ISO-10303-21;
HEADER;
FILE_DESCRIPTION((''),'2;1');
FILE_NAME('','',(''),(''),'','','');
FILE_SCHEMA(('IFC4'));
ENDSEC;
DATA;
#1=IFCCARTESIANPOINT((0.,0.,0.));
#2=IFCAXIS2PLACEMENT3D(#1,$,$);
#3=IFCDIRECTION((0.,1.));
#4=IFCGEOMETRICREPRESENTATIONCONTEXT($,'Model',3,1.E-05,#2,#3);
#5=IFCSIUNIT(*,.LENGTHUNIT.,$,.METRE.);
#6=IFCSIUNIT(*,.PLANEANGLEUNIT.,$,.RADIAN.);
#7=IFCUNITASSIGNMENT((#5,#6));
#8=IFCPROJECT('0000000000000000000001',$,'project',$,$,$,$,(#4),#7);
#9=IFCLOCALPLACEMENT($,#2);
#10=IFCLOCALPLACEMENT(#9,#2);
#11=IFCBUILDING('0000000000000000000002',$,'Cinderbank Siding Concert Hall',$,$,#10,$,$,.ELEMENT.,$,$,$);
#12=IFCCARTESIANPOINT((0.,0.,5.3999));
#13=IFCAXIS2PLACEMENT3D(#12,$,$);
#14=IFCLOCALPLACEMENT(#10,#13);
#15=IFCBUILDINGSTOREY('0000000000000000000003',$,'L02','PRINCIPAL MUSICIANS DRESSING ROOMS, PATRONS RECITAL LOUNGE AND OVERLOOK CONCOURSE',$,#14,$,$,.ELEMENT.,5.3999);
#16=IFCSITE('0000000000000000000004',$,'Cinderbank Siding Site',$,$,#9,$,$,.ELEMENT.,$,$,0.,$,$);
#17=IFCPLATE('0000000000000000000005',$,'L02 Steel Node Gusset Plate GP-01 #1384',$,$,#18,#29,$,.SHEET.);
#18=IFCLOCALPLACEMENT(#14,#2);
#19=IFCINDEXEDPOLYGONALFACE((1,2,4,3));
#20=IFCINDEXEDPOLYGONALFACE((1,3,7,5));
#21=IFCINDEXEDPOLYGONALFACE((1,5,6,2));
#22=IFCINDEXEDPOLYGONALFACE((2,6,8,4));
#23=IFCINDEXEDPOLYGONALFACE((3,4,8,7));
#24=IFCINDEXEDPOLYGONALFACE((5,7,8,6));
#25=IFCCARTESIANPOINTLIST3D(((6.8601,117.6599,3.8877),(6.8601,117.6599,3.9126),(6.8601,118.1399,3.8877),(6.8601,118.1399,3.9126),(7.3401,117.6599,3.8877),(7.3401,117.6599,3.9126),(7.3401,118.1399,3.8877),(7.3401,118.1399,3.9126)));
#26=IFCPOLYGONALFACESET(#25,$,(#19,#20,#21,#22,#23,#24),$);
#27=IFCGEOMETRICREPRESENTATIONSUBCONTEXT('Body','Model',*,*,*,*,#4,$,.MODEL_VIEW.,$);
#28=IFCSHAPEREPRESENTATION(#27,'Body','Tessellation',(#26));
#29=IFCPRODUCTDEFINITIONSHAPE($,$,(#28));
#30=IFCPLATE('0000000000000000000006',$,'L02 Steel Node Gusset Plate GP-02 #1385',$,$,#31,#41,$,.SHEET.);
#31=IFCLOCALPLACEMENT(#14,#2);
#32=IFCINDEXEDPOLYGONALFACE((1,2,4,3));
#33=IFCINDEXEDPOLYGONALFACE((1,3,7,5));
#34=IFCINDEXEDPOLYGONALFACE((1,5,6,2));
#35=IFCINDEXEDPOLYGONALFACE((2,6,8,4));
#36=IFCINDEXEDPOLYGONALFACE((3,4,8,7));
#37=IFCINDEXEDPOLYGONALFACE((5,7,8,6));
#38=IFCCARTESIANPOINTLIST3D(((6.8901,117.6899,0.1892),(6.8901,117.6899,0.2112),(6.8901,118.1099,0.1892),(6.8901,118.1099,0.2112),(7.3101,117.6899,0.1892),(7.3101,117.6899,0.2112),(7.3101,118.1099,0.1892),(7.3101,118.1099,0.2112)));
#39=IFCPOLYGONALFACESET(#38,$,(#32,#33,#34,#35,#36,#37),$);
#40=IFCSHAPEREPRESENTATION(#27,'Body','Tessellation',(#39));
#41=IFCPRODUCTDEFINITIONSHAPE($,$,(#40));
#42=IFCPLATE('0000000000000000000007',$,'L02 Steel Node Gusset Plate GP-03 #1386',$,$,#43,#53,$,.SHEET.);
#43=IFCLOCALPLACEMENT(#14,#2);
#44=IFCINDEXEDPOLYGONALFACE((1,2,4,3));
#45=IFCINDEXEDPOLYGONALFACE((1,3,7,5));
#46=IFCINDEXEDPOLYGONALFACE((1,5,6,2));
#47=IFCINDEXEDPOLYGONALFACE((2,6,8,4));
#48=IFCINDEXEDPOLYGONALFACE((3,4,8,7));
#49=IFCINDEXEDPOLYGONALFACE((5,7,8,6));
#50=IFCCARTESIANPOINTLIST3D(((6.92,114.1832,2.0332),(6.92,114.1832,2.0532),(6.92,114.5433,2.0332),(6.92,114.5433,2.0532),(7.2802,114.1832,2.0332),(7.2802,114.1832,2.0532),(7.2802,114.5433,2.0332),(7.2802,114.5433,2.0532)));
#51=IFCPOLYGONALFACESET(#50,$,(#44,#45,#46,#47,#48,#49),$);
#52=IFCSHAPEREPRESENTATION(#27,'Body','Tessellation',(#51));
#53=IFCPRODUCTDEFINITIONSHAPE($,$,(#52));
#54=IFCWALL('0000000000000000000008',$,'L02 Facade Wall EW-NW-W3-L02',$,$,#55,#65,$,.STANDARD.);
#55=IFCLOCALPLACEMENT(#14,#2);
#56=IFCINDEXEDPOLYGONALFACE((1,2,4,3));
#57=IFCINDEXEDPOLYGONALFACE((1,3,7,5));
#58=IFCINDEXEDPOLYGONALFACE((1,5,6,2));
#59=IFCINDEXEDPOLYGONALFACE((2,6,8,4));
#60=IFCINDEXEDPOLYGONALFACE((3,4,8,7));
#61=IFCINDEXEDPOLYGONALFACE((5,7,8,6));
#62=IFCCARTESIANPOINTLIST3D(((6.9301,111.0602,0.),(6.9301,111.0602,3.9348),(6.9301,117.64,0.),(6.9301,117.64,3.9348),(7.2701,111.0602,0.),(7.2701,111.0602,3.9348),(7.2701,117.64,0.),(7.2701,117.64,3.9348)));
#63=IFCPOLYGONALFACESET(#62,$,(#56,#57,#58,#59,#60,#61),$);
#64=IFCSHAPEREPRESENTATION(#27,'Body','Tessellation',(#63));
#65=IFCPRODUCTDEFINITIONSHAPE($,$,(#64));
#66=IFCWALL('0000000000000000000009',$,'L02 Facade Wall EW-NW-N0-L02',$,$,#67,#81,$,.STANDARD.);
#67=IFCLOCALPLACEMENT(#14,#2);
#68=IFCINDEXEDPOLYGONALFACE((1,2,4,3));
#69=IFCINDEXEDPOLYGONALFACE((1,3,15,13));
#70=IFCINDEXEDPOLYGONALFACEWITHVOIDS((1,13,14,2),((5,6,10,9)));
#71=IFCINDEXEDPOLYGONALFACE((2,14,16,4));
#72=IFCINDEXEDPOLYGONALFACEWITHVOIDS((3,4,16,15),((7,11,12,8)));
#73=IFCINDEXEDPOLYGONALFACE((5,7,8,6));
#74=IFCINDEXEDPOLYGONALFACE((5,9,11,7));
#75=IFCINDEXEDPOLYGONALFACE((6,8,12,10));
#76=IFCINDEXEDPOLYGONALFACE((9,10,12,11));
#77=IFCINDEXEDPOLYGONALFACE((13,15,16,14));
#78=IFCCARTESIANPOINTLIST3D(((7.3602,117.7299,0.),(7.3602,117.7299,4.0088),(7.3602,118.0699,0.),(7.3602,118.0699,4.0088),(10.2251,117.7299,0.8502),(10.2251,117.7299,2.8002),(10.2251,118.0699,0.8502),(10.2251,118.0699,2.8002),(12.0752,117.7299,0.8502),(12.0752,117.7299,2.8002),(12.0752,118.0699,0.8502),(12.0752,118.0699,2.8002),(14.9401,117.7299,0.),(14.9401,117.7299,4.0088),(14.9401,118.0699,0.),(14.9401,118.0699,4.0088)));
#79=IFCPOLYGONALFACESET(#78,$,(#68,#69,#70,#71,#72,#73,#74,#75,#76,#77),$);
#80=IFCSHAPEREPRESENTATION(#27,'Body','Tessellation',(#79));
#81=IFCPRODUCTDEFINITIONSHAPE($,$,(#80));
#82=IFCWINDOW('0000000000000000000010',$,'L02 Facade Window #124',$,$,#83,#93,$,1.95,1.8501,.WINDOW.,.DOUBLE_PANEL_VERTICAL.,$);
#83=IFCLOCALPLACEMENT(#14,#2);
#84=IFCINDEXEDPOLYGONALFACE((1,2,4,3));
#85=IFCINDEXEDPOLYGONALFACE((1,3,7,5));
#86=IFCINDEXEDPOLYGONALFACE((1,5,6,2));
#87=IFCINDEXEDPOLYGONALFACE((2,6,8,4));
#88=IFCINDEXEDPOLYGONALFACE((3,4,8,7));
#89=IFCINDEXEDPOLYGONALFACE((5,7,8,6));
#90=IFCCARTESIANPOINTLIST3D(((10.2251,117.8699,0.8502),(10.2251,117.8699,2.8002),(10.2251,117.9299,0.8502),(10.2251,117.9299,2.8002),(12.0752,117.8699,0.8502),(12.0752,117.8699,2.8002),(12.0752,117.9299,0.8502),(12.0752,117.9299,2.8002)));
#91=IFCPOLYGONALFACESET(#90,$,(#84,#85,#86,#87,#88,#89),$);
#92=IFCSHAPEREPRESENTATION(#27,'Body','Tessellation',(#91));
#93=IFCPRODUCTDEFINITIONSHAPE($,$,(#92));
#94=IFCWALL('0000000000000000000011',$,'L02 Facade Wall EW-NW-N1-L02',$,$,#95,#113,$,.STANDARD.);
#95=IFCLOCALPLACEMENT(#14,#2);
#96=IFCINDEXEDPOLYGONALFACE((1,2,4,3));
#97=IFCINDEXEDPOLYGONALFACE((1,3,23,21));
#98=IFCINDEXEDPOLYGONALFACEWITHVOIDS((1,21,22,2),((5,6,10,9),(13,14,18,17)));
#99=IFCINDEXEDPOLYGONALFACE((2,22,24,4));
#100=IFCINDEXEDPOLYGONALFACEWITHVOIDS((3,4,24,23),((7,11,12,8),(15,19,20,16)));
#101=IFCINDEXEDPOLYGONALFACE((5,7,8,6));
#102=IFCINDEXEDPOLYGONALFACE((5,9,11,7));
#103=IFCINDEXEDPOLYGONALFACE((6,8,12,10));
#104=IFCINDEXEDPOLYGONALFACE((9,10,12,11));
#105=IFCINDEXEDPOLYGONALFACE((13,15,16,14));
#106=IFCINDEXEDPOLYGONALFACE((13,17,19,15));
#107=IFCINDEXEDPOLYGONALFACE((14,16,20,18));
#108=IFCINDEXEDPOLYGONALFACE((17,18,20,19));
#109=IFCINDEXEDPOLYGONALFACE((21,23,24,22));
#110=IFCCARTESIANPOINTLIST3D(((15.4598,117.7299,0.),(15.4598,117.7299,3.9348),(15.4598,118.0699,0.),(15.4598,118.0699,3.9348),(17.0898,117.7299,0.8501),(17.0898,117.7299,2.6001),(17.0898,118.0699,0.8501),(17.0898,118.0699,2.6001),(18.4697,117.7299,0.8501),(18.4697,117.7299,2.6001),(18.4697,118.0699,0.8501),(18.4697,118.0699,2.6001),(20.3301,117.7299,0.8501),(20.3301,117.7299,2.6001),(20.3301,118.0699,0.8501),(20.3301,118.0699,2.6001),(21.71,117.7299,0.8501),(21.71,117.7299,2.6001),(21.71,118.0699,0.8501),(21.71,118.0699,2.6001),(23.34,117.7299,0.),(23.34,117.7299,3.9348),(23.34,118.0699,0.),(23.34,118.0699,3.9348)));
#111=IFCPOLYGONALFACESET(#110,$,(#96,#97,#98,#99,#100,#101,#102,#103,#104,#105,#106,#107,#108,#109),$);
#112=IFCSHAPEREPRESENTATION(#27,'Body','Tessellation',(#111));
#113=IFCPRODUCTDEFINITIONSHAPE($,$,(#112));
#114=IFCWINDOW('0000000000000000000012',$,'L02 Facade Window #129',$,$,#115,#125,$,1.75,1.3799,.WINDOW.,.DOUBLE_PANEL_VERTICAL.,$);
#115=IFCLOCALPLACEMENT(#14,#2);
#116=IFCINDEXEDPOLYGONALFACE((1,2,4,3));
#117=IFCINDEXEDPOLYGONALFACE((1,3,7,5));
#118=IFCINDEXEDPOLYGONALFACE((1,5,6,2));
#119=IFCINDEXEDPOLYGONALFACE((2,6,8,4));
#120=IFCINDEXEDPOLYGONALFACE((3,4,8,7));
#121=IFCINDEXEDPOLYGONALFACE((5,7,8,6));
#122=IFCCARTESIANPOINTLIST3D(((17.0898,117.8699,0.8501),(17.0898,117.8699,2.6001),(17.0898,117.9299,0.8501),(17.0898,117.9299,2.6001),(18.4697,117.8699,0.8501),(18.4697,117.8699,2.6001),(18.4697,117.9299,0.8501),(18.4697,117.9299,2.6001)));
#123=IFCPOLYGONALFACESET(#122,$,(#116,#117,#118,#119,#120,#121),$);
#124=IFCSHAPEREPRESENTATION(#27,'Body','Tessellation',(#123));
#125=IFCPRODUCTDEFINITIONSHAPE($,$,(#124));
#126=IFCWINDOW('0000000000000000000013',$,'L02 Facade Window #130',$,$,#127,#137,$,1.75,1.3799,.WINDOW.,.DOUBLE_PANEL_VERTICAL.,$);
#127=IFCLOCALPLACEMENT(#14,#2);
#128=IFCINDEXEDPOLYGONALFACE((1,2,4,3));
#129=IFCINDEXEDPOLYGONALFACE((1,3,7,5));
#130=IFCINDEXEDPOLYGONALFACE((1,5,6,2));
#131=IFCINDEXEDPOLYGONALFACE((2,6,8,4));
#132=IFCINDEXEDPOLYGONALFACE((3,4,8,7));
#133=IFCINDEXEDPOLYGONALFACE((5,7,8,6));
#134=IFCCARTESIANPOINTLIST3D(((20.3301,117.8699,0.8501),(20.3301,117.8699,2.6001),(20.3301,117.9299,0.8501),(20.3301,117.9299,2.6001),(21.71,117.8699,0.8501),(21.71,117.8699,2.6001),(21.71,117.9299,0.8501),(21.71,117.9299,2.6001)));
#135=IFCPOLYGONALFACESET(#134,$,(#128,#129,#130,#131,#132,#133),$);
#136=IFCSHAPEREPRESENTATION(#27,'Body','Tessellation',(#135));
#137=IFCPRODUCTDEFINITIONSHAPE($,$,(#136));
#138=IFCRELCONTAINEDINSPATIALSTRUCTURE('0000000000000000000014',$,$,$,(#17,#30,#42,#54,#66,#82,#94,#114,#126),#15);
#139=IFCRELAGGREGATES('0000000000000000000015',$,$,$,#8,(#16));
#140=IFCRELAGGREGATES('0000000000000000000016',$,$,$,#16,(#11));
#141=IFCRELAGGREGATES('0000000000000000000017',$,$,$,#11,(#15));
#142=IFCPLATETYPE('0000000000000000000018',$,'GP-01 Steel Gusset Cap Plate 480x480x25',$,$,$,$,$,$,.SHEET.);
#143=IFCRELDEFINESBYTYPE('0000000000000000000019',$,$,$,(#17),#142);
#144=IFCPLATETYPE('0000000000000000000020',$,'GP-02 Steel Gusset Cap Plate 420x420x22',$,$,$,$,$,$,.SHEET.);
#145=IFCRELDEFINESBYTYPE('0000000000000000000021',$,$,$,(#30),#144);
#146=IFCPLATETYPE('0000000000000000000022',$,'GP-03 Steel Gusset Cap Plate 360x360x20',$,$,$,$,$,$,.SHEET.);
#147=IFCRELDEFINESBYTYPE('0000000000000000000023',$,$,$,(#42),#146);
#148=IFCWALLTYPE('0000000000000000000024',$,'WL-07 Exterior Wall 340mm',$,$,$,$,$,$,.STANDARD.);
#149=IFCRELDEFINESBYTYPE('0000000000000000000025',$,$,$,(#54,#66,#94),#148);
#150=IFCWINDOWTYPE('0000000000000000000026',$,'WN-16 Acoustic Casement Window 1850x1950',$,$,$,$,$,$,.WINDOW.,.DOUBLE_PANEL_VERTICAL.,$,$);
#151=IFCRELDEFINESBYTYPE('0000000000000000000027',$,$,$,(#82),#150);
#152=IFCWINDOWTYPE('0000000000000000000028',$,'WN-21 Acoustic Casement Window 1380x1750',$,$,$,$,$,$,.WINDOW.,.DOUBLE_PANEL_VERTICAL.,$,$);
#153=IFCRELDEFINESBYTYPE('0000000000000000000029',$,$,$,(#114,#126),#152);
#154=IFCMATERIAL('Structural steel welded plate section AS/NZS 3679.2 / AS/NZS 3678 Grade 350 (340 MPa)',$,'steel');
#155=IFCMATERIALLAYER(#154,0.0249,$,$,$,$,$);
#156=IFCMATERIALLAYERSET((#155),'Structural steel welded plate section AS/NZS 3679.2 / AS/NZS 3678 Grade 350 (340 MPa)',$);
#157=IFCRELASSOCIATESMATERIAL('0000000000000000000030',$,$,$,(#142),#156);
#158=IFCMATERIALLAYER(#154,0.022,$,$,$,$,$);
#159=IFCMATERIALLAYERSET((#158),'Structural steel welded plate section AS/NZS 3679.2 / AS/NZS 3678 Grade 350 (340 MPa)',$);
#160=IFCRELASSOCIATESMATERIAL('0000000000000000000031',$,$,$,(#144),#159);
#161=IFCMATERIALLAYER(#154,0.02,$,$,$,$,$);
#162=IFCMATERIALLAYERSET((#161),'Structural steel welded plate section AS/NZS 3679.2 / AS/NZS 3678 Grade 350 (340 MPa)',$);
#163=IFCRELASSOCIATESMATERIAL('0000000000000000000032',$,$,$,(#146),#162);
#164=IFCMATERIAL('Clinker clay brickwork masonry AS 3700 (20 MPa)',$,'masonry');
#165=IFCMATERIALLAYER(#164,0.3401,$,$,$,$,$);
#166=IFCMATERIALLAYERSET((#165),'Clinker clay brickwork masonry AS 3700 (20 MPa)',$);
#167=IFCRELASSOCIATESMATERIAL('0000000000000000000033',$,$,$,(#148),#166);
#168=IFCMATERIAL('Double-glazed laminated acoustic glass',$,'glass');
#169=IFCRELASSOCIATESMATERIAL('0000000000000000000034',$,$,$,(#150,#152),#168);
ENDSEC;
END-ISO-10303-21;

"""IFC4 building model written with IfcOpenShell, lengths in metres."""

from ifc_helpers import new_model, si_unit, direction, frame, frame_2d, origin, origin_2d, place, context, subcontext, project, spatial, rectangle, extrude, material, layer, layer_set, type_object, element, fill, save


model = new_model("IFC4")

# Units and contexts
model_context = context("Model", 3, precision=1e-05, world=origin(), true_north=direction((0.0, 1.0)))
body_context = subcontext(model_context, "Body", "Model", "MODEL_VIEW")
ifc_project = project(units=[si_unit("LENGTHUNIT", "METRE"), si_unit("PLANEANGLEUNIT", "RADIAN")], contexts=[model_context])

# Site, building, storey
site_placement = place(None, origin())
site = spatial("IfcSite", under=ifc_project, at=site_placement, Name="Cinderbank Siding Site", CompositionType="ELEMENT", RefElevation=0.0)
building_placement = place(site_placement, origin())
building = spatial("IfcBuilding", under=site, at=building_placement, Name="Cinderbank Siding Concert Hall", CompositionType="ELEMENT")
storey_placement = place(building_placement, frame((0.0, 0.0, 5.3999)))
storey = spatial("IfcBuildingStorey", under=building, at=storey_placement, Name="L02", Description="PRINCIPAL MUSICIANS DRESSING ROOMS, PATRONS RECITAL LOUNGE AND OVERLOOK CONCOURSE", CompositionType="ELEMENT", Elevation=5.3999)

# Shared definitions
ifc_material_1 = material(Name="Structural steel welded plate section AS/NZS 3679.2 / AS/NZS 3678 Grade 350 (340 MPa)", Category="steel")

# Plates
ifc_layer_1 = layer(ifc_material_1, 0.0249)
ifc_layer_set_1 = layer_set([ifc_layer_1], Name="Structural steel welded plate section AS/NZS 3679.2 / AS/NZS 3678 Grade 350 (340 MPa)")
plate_type_1 = type_object("IfcPlateType", Name="GP-01 Steel Gusset Cap Plate 480x480x25", PredefinedType="SHEET", material=ifc_layer_set_1)
plate_1_placement = place(storey_placement, frame((7.1001, 117.8999, 3.8877), z_axis=(0.0, 0.0, 1.0), x_axis=(0.0, 1.0, 0.0)))
element("IfcPlate", 1, at=plate_1_placement, inside=storey, type_object=plate_type_1, Name="L02 Steel Node Gusset Plate GP-01 #1384", PredefinedType="SHEET", context=body_context, shape_type="SweptSolid", body=[
    extrude(rectangle(XDim=0.48, YDim=0.48, at=origin_2d()), origin(), (0.0, 0.0, 1.0), 0.0249),
])
ifc_layer_2 = layer(ifc_material_1, 0.022)
ifc_layer_set_2 = layer_set([ifc_layer_2], Name="Structural steel welded plate section AS/NZS 3679.2 / AS/NZS 3678 Grade 350 (340 MPa)")
plate_type_2 = type_object("IfcPlateType", Name="GP-02 Steel Gusset Cap Plate 420x420x22", PredefinedType="SHEET", material=ifc_layer_set_2)
plate_2_placement = place(storey_placement, frame((7.1001, 117.8999, 0.1892), z_axis=(0.0, 0.0, 1.0), x_axis=(0.0, -1.0, 0.0)))
element("IfcPlate", 2, at=plate_2_placement, inside=storey, type_object=plate_type_2, Name="L02 Steel Node Gusset Plate GP-02 #1385", PredefinedType="SHEET", context=body_context, shape_type="SweptSolid", body=[
    extrude(rectangle(XDim=0.4199, YDim=0.4199, at=origin_2d()), origin(), (0.0, 0.0, 1.0), 0.022),
])
ifc_layer_3 = layer(ifc_material_1, 0.02)
ifc_layer_set_3 = layer_set([ifc_layer_3], Name="Structural steel welded plate section AS/NZS 3679.2 / AS/NZS 3678 Grade 350 (340 MPa)")
plate_type_3 = type_object("IfcPlateType", Name="GP-03 Steel Gusset Cap Plate 360x360x20", PredefinedType="SHEET", material=ifc_layer_set_3)
plate_3_placement = place(storey_placement, frame((7.1001, 114.3633, 2.0332), z_axis=(0.0, 0.0, 1.0), x_axis=(0.0, -1.0, 0.0)))
element("IfcPlate", 3, at=plate_3_placement, inside=storey, type_object=plate_type_3, Name="L02 Steel Node Gusset Plate GP-03 #1386", PredefinedType="SHEET", context=body_context, shape_type="SweptSolid", body=[
    extrude(rectangle(XDim=0.3601, YDim=0.3601, at=origin_2d()), origin(), (0.0, 0.0, 1.0), 0.02),
])

# Wall
ifc_material_2 = material(Name="Clinker clay brickwork masonry AS 3700 (20 MPa)", Category="masonry")
ifc_layer_4 = layer(ifc_material_2, 0.3401)
ifc_layer_set_4 = layer_set([ifc_layer_4], Name="Clinker clay brickwork masonry AS 3700 (20 MPa)")
wall_type = type_object("IfcWallType", Name="WL-07 Exterior Wall 340mm", PredefinedType="STANDARD", material=ifc_layer_set_4)
wall_1_placement = place(storey_placement, frame((7.1001, 111.0601, 0.0), z_axis=(0.0, 0.0, 1.0), x_axis=(0.0, 1.0, 0.0)))
element("IfcWall", 4, at=wall_1_placement, inside=storey, type_object=wall_type, Name="L02 Facade Wall EW-NW-W3-L02", PredefinedType="STANDARD", context=body_context, shape_type="SweptSolid", body=[
    extrude(rectangle(XDim=6.5798, YDim=0.3401, at=frame_2d((3.29, 0.0))), origin(), (0.0, 0.0, 1.0), 3.9348),
])

# Wall, opening, window
wall_2_placement = place(storey_placement, frame((7.3601, 117.8999, 0.0), z_axis=(0.0, 0.0, 1.0), x_axis=(1.0, 0.0, 0.0)))
wall_2 = element("IfcWall", 5, at=wall_2_placement, inside=storey, type_object=wall_type, Name="L02 Facade Wall EW-NW-N0-L02", PredefinedType="STANDARD", context=body_context, shape_type="SweptSolid", body=[
    extrude(rectangle(XDim=7.5798, YDim=0.3401, at=frame_2d((3.79, 0.0))), origin(), (0.0, 0.0, 1.0), 4.0088),
])
opening_1_placement = place(wall_2_placement, frame((2.865, 0.0, 0.8501)))
opening_1 = element("IfcOpeningElement", 6, at=opening_1_placement, cuts=wall_2, PredefinedType="OPENING", context=body_context, shape_type="SweptSolid", body=[
    extrude(rectangle(XDim=1.8501, YDim=1.95, at=frame_2d((0.925, 0.9751))), frame((0.0, 0.1821, 0.0), z_axis=(0.0, -1.0, 0.0), x_axis=(1.0, 0.0, 0.0)), (0.0, 0.0, 1.0), 0.364),
])
ifc_material_3 = material(Name="Double-glazed laminated acoustic glass", Category="glass")
window_type_1 = type_object("IfcWindowType", Name="WN-16 Acoustic Casement Window 1850x1950", PartitioningType="DOUBLE_PANEL_VERTICAL", PredefinedType="WINDOW", material=ifc_material_3)
window_1_placement = place(opening_1_placement, origin())
window_1 = element("IfcWindow", 7, at=window_1_placement, inside=storey, type_object=window_type_1, Name="L02 Facade Window #124", OverallHeight=1.95, OverallWidth=1.8501, PartitioningType="DOUBLE_PANEL_VERTICAL", PredefinedType="WINDOW", context=body_context, shape_type="SweptSolid", body=[
    extrude(rectangle(XDim=1.8501, YDim=1.95, at=frame_2d((0.925, 0.9751))), frame((0.0, 0.03, 0.0), z_axis=(0.0, -1.0, 0.0), x_axis=(1.0, 0.0, 0.0)), (0.0, 0.0, 1.0), 0.0601),
])
fill(opening_1, window_1)

# Wall, openings, windows
wall_3_placement = place(storey_placement, frame((15.46, 117.8999, 0.0), z_axis=(0.0, 0.0, 1.0), x_axis=(1.0, 0.0, 0.0)))
wall_3 = element("IfcWall", 8, at=wall_3_placement, inside=storey, type_object=wall_type, Name="L02 Facade Wall EW-NW-N1-L02", PredefinedType="STANDARD", context=body_context, shape_type="SweptSolid", body=[
    extrude(rectangle(XDim=7.8801, YDim=0.3401, at=frame_2d((3.9399, 0.0))), origin(), (0.0, 0.0, 1.0), 3.9348),
])
opening_2_placement = place(wall_3_placement, frame((1.6299, 0.0, 0.8501)))
opening_2 = element("IfcOpeningElement", 9, at=opening_2_placement, cuts=wall_3, PredefinedType="OPENING", context=body_context, shape_type="SweptSolid", body=[
    extrude(rectangle(XDim=1.3799, YDim=1.75, at=frame_2d((0.6899, 0.875))), frame((0.0, 0.1821, 0.0), z_axis=(0.0, -1.0, 0.0), x_axis=(1.0, 0.0, 0.0)), (0.0, 0.0, 1.0), 0.364),
])
opening_3_placement = place(wall_3_placement, frame((4.8701, 0.0, 0.8501)))
opening_3 = element("IfcOpeningElement", 10, at=opening_3_placement, cuts=wall_3, PredefinedType="OPENING", context=body_context, shape_type="SweptSolid", body=[
    extrude(rectangle(XDim=1.3799, YDim=1.75, at=frame_2d((0.6899, 0.875))), frame((0.0, 0.1821, 0.0), z_axis=(0.0, -1.0, 0.0), x_axis=(1.0, 0.0, 0.0)), (0.0, 0.0, 1.0), 0.364),
])
window_type_2 = type_object("IfcWindowType", Name="WN-21 Acoustic Casement Window 1380x1750", PartitioningType="DOUBLE_PANEL_VERTICAL", PredefinedType="WINDOW", material=ifc_material_3)
window_2_placement = place(opening_2_placement, origin())
window_2 = element("IfcWindow", 11, at=window_2_placement, inside=storey, type_object=window_type_2, Name="L02 Facade Window #129", OverallHeight=1.75, OverallWidth=1.3799, PartitioningType="DOUBLE_PANEL_VERTICAL", PredefinedType="WINDOW", context=body_context, shape_type="SweptSolid", body=[
    extrude(rectangle(XDim=1.3799, YDim=1.75, at=frame_2d((0.6899, 0.875))), frame((0.0, 0.03, 0.0), z_axis=(0.0, -1.0, 0.0), x_axis=(1.0, 0.0, 0.0)), (0.0, 0.0, 1.0), 0.0601),
])
fill(opening_2, window_2)
window_3_placement = place(opening_3_placement, origin())
window_3 = element("IfcWindow", 12, at=window_3_placement, inside=storey, type_object=window_type_2, Name="L02 Facade Window #130", OverallHeight=1.75, OverallWidth=1.3799, PartitioningType="DOUBLE_PANEL_VERTICAL", PredefinedType="WINDOW", context=body_context, shape_type="SweptSolid", body=[
    extrude(rectangle(XDim=1.3799, YDim=1.75, at=frame_2d((0.6899, 0.875))), frame((0.0, 0.03, 0.0), z_axis=(0.0, -1.0, 0.0), x_axis=(1.0, 0.0, 0.0)), (0.0, 0.0, 1.0), 0.0601),
])
fill(opening_3, window_3)

save(model, "model.ifc")
